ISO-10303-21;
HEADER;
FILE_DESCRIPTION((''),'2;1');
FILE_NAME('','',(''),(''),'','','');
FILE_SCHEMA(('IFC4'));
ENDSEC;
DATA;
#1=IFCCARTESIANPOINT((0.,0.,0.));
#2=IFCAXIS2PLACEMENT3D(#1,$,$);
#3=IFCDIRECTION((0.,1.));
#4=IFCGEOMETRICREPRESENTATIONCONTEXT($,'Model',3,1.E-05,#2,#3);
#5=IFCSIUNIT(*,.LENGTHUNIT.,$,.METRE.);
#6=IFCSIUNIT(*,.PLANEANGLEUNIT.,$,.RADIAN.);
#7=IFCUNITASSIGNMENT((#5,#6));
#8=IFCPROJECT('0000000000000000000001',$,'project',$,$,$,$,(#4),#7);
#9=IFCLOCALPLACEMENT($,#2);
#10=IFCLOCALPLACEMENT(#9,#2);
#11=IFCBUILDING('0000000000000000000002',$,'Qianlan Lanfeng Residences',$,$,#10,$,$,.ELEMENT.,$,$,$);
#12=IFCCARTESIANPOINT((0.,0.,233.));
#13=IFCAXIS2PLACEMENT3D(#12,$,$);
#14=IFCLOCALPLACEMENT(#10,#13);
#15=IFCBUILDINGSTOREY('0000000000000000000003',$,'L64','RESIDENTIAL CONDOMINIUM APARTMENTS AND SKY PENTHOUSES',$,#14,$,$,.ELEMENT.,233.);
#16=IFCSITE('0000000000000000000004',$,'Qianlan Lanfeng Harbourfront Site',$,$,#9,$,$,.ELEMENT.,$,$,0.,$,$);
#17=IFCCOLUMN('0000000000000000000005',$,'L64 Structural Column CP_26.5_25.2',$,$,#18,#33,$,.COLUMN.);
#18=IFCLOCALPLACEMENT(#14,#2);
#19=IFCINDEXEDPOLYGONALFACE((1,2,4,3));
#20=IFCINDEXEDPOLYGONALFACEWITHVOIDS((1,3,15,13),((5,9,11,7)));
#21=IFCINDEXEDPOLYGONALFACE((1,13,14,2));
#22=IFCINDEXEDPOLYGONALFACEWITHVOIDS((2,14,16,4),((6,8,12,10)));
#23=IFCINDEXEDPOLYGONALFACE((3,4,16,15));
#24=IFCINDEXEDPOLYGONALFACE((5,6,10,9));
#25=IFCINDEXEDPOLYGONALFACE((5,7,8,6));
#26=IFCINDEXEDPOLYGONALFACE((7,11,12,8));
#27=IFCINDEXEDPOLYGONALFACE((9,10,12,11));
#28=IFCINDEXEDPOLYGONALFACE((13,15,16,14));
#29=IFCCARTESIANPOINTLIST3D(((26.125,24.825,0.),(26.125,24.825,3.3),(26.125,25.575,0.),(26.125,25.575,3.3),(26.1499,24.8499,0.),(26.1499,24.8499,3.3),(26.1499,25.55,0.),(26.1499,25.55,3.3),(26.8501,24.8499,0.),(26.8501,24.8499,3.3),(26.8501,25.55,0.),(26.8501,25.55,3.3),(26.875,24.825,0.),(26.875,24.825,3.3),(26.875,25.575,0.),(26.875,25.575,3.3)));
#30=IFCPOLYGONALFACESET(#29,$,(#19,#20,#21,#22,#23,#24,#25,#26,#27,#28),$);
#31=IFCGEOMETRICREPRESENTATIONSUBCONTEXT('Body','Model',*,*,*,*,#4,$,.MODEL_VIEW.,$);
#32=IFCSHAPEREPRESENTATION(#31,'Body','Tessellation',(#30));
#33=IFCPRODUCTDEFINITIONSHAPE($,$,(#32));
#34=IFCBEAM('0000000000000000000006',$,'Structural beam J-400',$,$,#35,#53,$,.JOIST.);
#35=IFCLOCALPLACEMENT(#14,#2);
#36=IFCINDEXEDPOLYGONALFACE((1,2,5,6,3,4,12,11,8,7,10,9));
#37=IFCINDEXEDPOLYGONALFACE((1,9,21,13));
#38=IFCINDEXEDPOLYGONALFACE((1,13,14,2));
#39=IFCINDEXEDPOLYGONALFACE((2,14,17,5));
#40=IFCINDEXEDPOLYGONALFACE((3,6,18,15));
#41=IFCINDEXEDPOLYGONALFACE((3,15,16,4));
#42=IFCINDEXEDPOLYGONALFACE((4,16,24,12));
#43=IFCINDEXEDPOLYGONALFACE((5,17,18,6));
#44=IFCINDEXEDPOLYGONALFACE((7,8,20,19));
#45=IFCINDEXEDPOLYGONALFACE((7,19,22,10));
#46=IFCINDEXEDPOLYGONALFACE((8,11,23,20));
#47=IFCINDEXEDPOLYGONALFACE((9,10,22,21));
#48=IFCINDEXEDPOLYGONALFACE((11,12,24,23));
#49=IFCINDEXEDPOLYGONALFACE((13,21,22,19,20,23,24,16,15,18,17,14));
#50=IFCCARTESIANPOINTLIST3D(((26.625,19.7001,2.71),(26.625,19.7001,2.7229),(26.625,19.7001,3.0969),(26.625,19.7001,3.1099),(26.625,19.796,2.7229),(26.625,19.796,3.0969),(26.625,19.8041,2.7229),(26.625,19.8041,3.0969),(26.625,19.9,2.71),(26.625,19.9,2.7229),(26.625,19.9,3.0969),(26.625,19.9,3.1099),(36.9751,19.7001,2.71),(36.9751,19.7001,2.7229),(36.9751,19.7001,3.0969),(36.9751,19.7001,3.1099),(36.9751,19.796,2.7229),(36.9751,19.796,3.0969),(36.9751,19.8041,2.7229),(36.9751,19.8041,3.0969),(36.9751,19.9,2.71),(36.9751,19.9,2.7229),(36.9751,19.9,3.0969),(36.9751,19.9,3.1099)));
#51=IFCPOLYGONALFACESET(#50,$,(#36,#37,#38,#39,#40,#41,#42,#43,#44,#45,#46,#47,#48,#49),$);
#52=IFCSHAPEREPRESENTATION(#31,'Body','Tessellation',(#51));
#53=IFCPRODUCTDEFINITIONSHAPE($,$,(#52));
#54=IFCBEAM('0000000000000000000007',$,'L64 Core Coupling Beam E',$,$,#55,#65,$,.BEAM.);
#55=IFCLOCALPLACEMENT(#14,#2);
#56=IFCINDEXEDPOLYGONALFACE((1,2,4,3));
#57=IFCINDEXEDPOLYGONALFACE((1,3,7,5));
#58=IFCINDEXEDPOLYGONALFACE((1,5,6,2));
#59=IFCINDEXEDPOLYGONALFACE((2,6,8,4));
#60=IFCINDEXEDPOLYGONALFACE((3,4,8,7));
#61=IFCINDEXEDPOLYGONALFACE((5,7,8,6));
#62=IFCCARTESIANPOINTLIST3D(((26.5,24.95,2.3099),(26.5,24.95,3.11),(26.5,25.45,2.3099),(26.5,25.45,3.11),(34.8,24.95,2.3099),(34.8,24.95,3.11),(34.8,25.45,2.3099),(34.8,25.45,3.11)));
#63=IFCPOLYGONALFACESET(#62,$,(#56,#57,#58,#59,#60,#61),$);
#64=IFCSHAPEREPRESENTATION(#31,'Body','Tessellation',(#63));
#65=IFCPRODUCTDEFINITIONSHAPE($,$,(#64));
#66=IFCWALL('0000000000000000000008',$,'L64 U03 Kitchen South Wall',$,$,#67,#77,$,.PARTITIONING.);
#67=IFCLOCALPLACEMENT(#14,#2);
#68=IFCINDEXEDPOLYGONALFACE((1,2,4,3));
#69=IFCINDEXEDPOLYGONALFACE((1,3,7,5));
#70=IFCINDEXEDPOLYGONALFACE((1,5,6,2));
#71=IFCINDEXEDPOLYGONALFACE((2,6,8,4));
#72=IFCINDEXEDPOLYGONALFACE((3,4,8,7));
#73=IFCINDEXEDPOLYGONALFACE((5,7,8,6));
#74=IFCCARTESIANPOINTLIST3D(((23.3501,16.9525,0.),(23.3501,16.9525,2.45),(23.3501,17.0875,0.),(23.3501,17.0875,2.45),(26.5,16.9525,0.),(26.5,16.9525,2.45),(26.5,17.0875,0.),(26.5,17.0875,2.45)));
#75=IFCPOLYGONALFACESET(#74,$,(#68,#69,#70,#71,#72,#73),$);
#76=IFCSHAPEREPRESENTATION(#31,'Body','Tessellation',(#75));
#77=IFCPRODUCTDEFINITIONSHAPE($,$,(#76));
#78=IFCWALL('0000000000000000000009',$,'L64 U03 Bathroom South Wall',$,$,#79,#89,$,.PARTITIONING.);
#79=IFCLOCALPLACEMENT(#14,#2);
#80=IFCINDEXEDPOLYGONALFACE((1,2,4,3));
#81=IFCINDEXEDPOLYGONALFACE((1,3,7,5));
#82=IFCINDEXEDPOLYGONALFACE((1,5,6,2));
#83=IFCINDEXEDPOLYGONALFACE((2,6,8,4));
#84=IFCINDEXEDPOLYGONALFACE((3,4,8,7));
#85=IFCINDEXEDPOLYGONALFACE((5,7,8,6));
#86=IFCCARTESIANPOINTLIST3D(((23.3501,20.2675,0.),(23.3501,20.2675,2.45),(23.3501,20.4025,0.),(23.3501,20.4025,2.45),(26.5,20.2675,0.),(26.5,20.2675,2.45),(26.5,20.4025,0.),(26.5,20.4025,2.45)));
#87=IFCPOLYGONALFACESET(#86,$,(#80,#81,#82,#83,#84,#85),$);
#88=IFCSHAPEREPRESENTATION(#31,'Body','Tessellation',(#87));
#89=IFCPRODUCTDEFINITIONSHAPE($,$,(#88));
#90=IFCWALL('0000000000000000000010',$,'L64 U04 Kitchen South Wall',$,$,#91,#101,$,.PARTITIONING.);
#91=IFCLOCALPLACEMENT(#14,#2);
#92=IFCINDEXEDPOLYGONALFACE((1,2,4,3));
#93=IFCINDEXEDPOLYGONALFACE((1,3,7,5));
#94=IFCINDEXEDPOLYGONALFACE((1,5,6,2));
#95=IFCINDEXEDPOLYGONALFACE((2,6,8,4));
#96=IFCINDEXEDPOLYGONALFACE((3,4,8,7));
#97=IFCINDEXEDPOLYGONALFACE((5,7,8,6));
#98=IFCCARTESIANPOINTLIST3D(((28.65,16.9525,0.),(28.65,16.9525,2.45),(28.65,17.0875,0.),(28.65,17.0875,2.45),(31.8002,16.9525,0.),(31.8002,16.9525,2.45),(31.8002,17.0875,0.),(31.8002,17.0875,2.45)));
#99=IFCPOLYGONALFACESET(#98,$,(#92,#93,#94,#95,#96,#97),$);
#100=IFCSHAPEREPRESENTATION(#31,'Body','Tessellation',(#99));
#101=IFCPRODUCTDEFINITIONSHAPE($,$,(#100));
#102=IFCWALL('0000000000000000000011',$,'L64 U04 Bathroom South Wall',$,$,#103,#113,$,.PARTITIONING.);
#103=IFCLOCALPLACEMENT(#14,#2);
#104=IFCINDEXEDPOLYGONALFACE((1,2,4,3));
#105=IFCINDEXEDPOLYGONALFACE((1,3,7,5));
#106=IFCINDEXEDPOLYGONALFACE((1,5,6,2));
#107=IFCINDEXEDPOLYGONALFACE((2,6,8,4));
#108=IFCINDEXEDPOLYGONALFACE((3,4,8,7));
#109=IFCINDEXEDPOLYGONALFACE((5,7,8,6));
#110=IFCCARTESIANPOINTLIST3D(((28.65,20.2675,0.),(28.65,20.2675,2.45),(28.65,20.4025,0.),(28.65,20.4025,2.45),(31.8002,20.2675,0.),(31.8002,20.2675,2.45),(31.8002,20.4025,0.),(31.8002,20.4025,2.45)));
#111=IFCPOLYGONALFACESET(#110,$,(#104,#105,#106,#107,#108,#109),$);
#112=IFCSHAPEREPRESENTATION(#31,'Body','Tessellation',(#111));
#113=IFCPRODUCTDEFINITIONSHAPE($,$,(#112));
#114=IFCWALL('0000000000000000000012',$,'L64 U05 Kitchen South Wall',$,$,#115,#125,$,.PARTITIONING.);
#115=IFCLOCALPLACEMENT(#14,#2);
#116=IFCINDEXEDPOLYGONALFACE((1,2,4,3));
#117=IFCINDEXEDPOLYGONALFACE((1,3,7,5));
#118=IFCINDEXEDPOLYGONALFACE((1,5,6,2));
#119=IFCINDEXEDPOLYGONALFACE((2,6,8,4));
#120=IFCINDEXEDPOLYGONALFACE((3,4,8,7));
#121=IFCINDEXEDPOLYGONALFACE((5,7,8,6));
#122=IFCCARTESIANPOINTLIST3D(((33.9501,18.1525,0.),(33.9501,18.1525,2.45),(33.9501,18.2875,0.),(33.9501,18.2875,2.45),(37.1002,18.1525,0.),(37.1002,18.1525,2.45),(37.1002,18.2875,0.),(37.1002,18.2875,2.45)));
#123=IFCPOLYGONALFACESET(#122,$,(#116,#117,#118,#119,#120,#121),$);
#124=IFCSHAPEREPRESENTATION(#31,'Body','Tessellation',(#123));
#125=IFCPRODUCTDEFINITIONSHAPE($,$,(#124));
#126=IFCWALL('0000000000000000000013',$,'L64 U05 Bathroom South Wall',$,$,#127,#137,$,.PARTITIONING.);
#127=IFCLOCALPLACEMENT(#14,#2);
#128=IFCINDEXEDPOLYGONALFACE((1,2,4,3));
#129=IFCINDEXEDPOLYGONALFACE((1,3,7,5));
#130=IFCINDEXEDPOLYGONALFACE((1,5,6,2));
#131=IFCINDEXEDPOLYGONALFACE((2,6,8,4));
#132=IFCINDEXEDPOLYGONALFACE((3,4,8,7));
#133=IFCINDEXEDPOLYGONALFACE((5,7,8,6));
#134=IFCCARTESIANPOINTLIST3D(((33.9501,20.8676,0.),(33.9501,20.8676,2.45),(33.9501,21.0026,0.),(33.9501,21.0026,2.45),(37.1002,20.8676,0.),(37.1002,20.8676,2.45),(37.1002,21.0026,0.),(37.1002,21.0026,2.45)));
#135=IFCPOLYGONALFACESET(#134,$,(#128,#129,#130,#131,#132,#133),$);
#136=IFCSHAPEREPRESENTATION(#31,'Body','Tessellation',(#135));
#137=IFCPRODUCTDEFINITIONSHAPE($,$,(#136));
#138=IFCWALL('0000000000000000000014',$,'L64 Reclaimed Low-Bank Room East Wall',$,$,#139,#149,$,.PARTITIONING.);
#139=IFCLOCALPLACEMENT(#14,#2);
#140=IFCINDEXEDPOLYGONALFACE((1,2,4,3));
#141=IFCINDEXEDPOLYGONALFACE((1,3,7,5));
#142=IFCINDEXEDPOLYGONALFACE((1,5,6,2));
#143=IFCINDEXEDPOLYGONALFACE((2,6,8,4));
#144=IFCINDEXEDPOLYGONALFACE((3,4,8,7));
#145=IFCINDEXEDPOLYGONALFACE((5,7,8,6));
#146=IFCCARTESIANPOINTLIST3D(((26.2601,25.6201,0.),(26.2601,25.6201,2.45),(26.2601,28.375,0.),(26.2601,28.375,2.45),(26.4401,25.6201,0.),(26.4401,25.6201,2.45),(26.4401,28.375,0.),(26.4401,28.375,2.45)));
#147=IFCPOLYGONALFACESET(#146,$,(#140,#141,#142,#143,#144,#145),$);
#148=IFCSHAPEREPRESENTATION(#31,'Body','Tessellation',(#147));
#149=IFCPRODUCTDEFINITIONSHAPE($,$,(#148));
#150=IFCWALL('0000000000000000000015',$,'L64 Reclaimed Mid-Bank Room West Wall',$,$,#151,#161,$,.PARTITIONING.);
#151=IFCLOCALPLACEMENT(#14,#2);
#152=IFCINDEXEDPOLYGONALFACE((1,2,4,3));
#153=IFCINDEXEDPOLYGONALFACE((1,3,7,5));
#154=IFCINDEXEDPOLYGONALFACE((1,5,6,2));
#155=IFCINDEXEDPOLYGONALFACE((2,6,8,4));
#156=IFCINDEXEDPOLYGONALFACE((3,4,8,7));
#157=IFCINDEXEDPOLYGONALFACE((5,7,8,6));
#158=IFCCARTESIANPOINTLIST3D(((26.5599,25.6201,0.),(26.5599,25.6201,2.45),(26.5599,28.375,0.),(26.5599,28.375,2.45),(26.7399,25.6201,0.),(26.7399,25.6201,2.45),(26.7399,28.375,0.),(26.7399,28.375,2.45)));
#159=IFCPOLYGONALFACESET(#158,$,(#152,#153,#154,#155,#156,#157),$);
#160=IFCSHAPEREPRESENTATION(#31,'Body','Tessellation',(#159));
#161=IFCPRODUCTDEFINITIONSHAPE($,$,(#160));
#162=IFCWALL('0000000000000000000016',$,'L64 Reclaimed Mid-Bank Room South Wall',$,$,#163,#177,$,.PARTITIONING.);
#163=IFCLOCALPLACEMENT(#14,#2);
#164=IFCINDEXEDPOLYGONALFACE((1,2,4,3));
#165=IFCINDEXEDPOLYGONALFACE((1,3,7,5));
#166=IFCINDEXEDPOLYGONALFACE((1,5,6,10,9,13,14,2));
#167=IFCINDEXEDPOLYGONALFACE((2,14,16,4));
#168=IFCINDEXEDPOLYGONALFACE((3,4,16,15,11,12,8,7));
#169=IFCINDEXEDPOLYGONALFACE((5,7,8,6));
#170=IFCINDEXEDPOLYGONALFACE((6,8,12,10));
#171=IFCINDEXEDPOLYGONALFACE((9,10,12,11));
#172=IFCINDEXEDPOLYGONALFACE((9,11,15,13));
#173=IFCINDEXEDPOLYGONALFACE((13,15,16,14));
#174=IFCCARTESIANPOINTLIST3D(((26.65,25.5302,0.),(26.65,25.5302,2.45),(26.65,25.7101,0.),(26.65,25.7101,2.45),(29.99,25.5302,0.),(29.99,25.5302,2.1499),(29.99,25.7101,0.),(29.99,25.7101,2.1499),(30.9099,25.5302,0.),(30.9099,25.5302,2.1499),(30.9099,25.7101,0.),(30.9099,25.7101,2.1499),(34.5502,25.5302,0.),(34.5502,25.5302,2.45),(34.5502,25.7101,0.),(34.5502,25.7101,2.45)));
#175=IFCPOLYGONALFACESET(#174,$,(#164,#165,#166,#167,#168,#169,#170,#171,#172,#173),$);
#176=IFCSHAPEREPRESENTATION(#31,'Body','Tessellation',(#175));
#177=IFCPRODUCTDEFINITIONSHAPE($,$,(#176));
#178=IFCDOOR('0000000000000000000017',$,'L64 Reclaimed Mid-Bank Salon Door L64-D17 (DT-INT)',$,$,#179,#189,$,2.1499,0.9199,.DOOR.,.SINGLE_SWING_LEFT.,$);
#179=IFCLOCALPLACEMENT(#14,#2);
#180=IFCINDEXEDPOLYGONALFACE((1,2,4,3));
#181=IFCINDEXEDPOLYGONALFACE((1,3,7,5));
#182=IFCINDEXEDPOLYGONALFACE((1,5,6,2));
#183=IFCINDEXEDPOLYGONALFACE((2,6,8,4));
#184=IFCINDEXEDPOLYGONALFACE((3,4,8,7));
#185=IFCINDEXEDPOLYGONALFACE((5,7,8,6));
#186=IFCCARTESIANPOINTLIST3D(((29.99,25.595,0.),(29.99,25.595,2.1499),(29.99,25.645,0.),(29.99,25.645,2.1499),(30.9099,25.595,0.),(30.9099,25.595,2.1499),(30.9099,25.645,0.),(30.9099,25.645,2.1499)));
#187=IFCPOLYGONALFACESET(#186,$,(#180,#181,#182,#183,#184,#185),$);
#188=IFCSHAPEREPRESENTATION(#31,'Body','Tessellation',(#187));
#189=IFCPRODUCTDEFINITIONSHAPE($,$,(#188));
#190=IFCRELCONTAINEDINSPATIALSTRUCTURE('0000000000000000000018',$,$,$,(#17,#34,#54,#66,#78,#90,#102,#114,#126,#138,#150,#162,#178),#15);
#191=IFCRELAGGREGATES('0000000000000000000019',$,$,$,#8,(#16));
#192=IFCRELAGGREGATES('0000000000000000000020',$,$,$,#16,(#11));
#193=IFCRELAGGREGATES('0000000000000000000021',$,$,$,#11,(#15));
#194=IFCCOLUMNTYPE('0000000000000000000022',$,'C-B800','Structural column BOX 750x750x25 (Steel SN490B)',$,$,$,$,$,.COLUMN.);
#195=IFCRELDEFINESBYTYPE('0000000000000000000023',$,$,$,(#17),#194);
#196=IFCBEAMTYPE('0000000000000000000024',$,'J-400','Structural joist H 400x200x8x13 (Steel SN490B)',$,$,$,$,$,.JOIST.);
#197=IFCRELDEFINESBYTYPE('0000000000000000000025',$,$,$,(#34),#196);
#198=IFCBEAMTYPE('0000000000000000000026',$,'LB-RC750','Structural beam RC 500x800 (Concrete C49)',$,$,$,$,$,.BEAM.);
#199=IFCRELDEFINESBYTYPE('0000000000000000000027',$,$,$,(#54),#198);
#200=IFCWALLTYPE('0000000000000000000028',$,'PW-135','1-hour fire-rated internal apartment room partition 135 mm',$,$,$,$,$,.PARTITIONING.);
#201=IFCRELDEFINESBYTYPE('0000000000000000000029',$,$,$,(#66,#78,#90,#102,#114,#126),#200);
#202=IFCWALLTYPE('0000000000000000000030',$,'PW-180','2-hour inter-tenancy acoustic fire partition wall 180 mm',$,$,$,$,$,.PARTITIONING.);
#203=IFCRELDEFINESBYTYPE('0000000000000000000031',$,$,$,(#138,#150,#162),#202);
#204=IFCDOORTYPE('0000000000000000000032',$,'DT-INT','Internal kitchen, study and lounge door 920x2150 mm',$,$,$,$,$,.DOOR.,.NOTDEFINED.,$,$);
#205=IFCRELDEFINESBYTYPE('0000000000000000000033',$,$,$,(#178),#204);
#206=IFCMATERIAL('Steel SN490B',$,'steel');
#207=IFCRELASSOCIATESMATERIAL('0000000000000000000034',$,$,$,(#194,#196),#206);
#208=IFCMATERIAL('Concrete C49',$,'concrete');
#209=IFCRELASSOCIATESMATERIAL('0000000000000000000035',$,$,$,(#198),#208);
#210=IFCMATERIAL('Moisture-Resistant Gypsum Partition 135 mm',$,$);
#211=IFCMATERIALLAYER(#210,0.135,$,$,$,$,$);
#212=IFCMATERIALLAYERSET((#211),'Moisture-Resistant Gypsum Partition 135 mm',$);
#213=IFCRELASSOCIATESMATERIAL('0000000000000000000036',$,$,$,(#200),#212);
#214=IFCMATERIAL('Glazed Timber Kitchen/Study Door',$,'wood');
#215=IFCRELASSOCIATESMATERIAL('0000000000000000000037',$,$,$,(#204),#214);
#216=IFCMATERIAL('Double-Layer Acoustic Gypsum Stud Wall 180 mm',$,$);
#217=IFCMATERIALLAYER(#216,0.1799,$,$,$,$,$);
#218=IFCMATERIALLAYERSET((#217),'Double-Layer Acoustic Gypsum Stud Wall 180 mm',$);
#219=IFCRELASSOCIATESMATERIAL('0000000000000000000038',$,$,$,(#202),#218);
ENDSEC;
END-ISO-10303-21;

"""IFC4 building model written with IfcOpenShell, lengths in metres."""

from ifc_helpers import new_model, si_unit, direction, frame, frame_2d, origin, origin_2d, place, context, subcontext, project, spatial, rectangle, hollow_rectangle, i_section, extrude, material, layer, layer_set, material_profile, profile_set, type_object, element, fill, save


model = new_model("IFC4")

# Units and contexts
model_context = context("Model", 3, precision=1e-05, world=origin(), true_north=direction((0.0, 1.0)))
body_context = subcontext(model_context, "Body", "Model", "MODEL_VIEW")
ifc_project = project(units=[si_unit("LENGTHUNIT", "METRE"), si_unit("PLANEANGLEUNIT", "RADIAN")], contexts=[model_context])

# Site, building, storey
site_placement = place(None, origin())
site = spatial("IfcSite", under=ifc_project, at=site_placement, Name="Qianlan Lanfeng Harbourfront Site", CompositionType="ELEMENT", RefElevation=0.0)
building_placement = place(site_placement, origin())
building = spatial("IfcBuilding", under=site, at=building_placement, Name="Qianlan Lanfeng Residences", CompositionType="ELEMENT")
storey_placement = place(building_placement, frame((0.0, 0.0, 233.0)))
storey = spatial("IfcBuildingStorey", under=building, at=storey_placement, Name="L64", Description="RESIDENTIAL CONDOMINIUM APARTMENTS AND SKY PENTHOUSES", CompositionType="ELEMENT", Elevation=233.0)

# Column
ifc_material_1 = material(Name="Steel SN490B", Category="steel")
ifc_material_profile_1 = material_profile(ifc_material_1, hollow_rectangle(XDim=0.75, YDim=0.75, WallThickness=0.0249, at=origin_2d()), Name="BOX 750x750x25")
ifc_profile_set_1 = profile_set([ifc_material_profile_1], Name="Steel SN490B")
column_type = type_object("IfcColumnType", Name="C-B800", Description="Structural column BOX 750x750x25 (Steel SN490B)", PredefinedType="COLUMN", material=ifc_profile_set_1)
column_placement = place(storey_placement, frame((26.5, 25.2, 0.0), z_axis=(0.0, 0.0, 1.0), x_axis=(1.0, 0.0, 0.0)))
element("IfcColumn", 1, at=column_placement, inside=storey, type_object=column_type, Name="L64 Structural Column CP_26.5_25.2", PredefinedType="COLUMN", context=body_context, shape_type="SweptSolid", body=[
    extrude(hollow_rectangle(XDim=0.75, YDim=0.75, WallThickness=0.0249, at=origin_2d()), origin(), (0.0, 0.0, 1.0), 3.3),
])

# Beams
ifc_material_profile_2 = material_profile(ifc_material_1, i_section(OverallWidth=0.2, OverallDepth=0.3999, WebThickness=0.0081, FlangeThickness=0.0129, at=origin_2d()), Name="H 400x200x8x13")
ifc_profile_set_2 = profile_set([ifc_material_profile_2], Name="Steel SN490B")
beam_type_1 = type_object("IfcBeamType", Name="J-400", Description="Structural joist H 400x200x8x13 (Steel SN490B)", PredefinedType="JOIST", material=ifc_profile_set_2)
beam_1_placement = place(storey_placement, frame((26.625, 19.8, 2.9099), z_axis=(1.0, 0.0, 0.0), x_axis=(0.0, 1.0, 0.0)))
element("IfcBeam", 2, at=beam_1_placement, inside=storey, type_object=beam_type_1, Name="Structural beam J-400", PredefinedType="JOIST", context=body_context, shape_type="SweptSolid", body=[
    extrude(i_section(OverallWidth=0.2, OverallDepth=0.3999, WebThickness=0.0081, FlangeThickness=0.0129, at=origin_2d()), origin(), (0.0, 0.0, 1.0), 10.3501),
])
ifc_material_2 = material(Name="Concrete C49", Category="concrete")
ifc_material_profile_3 = material_profile(ifc_material_2, rectangle(XDim=0.5, YDim=0.8, at=origin_2d()), Name="RC 500x800")
ifc_profile_set_3 = profile_set([ifc_material_profile_3], Name="Concrete C49")
beam_type_2 = type_object("IfcBeamType", Name="LB-RC750", Description="Structural beam RC 500x800 (Concrete C49)", PredefinedType="BEAM", material=ifc_profile_set_3)
beam_2_placement = place(storey_placement, frame((26.5, 25.2, 2.71), z_axis=(1.0, 0.0, 0.0), x_axis=(0.0, 1.0, 0.0)))
element("IfcBeam", 3, at=beam_2_placement, inside=storey, type_object=beam_type_2, Name="L64 Core Coupling Beam E", PredefinedType="BEAM", context=body_context, shape_type="SweptSolid", body=[
    extrude(rectangle(XDim=0.5, YDim=0.8, at=origin_2d()), origin(), (0.0, 0.0, 1.0), 8.3),
])

# Shared definitions
ifc_material_3 = material(Name="Moisture-Resistant Gypsum Partition 135 mm")
ifc_layer_1 = layer(ifc_material_3, 0.135)
ifc_layer_set_1 = layer_set([ifc_layer_1], Name="Moisture-Resistant Gypsum Partition 135 mm")
wall_type_1 = type_object("IfcWallType", Name="PW-135", Description="1-hour fire-rated internal apartment room partition 135 mm", PredefinedType="PARTITIONING", material=ifc_layer_set_1)
ifc_material_4 = material(Name="Glazed Timber Kitchen/Study Door", Category="wood")
door_type_1 = type_object("IfcDoorType", Name="DT-INT", Description="Internal kitchen, study and lounge door 920x2150 mm", OperationType="NOTDEFINED", PredefinedType="DOOR", material=ifc_material_4)

# Walls
for number, where, z_axis, x_axis, name in (
    (4, (23.3501, 17.02, 0.0), (0.0, 0.0, 1.0), (1.0, 0.0, 0.0), "L64 U03 Kitchen South Wall"),
    (5, (23.3501, 20.335, 0.0), (0.0, 0.0, 1.0), (1.0, 0.0, 0.0), "L64 U03 Bathroom South Wall"),
):
    element("IfcWall", number, at=place(storey_placement, frame(where, z_axis=z_axis, x_axis=x_axis)), inside=storey, type_object=wall_type_1, Name=name, PredefinedType="PARTITIONING", context=body_context, shape_type="SweptSolid", body=[
        extrude(rectangle(XDim=3.1499, YDim=0.135, at=frame_2d((1.575, 0.0))), origin(), (0.0, 0.0, 1.0), 2.45),
    ])

# Walls
for number, where, z_axis, x_axis, name in (
    (6, (28.6499, 17.02, 0.0), (0.0, 0.0, 1.0), (1.0, 0.0, 0.0), "L64 U04 Kitchen South Wall"),
    (7, (28.6499, 20.335, 0.0), (0.0, 0.0, 1.0), (1.0, 0.0, 0.0), "L64 U04 Bathroom South Wall"),
):
    element("IfcWall", number, at=place(storey_placement, frame(where, z_axis=z_axis, x_axis=x_axis)), inside=storey, type_object=wall_type_1, Name=name, PredefinedType="PARTITIONING", context=body_context, shape_type="SweptSolid", body=[
        extrude(rectangle(XDim=3.1501, YDim=0.135, at=frame_2d((1.5752, 0.0))), origin(), (0.0, 0.0, 1.0), 2.45),
    ])

# Walls
for number, where, z_axis, x_axis, name in (
    (8, (33.95, 18.22, 0.0), (0.0, 0.0, 1.0), (1.0, 0.0, 0.0), "L64 U05 Kitchen South Wall"),
    (9, (33.95, 20.9351, 0.0), (0.0, 0.0, 1.0), (1.0, 0.0, 0.0), "L64 U05 Bathroom South Wall"),
):
    element("IfcWall", number, at=place(storey_placement, frame(where, z_axis=z_axis, x_axis=x_axis)), inside=storey, type_object=wall_type_1, Name=name, PredefinedType="PARTITIONING", context=body_context, shape_type="SweptSolid", body=[
        extrude(rectangle(XDim=3.1501, YDim=0.135, at=frame_2d((1.5752, 0.0))), origin(), (0.0, 0.0, 1.0), 2.45),
    ])
ifc_material_5 = material(Name="Double-Layer Acoustic Gypsum Stud Wall 180 mm")
ifc_layer_2 = layer(ifc_material_5, 0.1799)
ifc_layer_set_2 = layer_set([ifc_layer_2], Name="Double-Layer Acoustic Gypsum Stud Wall 180 mm")
wall_type_2 = type_object("IfcWallType", Name="PW-180", Description="2-hour inter-tenancy acoustic fire partition wall 180 mm", PredefinedType="PARTITIONING", material=ifc_layer_set_2)
for number, where, z_axis, x_axis, name in (
    (10, (26.3501, 25.6201, 0.0), (0.0, 0.0, 1.0), (0.0, 1.0, 0.0), "L64 Reclaimed Low-Bank Room East Wall"),
    (11, (26.6499, 25.6201, 0.0), (0.0, 0.0, 1.0), (0.0, 1.0, 0.0), "L64 Reclaimed Mid-Bank Room West Wall"),
):
    element("IfcWall", number, at=place(storey_placement, frame(where, z_axis=z_axis, x_axis=x_axis)), inside=storey, type_object=wall_type_2, Name=name, PredefinedType="PARTITIONING", context=body_context, shape_type="SweptSolid", body=[
        extrude(rectangle(XDim=2.7549, YDim=0.1799, at=frame_2d((1.3774, 0.0))), origin(), (0.0, 0.0, 1.0), 2.45),
    ])

# Wall, opening, door
wall_1_placement = place(storey_placement, frame((26.6499, 25.6201, 0.0), z_axis=(0.0, 0.0, 1.0), x_axis=(1.0, 0.0, 0.0)))
wall_1 = element("IfcWall", 12, at=wall_1_placement, inside=storey, type_object=wall_type_2, Name="L64 Reclaimed Mid-Bank Room South Wall", PredefinedType="PARTITIONING", context=body_context, shape_type="SweptSolid", body=[
    extrude(rectangle(XDim=7.9001, YDim=0.1799, at=frame_2d((3.9502, 0.0))), origin(), (0.0, 0.0, 1.0), 2.45),
])
opening_1_placement = place(wall_1_placement, frame((3.3401, 0.0, 0.0)))
opening_1 = element("IfcOpeningElement", 13, at=opening_1_placement, cuts=wall_1, PredefinedType="OPENING", context=body_context, shape_type="SweptSolid", body=[
    extrude(rectangle(XDim=0.9199, YDim=2.1499, at=frame_2d((0.46, 1.075))), frame((0.0, 0.1001, 0.0), z_axis=(0.0, -1.0, 0.0), x_axis=(1.0, 0.0, 0.0)), (0.0, 0.0, 1.0), 0.2),
])
door_1_placement = place(opening_1_placement, origin())
door_1 = element("IfcDoor", 14, at=door_1_placement, inside=storey, type_object=door_type_1, Name="L64 Reclaimed Mid-Bank Salon Door L64-D17 (DT-INT)", OperationType="SINGLE_SWING_LEFT", OverallHeight=2.1499, OverallWidth=0.9199, PredefinedType="DOOR", context=body_context, shape_type="SweptSolid", body=[
    extrude(rectangle(XDim=0.9199, YDim=2.1499, at=frame_2d((0.46, 1.075))), frame((0.0, 0.0249, 0.0), z_axis=(0.0, -1.0, 0.0), x_axis=(1.0, 0.0, 0.0)), (0.0, 0.0, 1.0), 0.05),
])
fill(opening_1, door_1)

save(model, "model.ifc")
